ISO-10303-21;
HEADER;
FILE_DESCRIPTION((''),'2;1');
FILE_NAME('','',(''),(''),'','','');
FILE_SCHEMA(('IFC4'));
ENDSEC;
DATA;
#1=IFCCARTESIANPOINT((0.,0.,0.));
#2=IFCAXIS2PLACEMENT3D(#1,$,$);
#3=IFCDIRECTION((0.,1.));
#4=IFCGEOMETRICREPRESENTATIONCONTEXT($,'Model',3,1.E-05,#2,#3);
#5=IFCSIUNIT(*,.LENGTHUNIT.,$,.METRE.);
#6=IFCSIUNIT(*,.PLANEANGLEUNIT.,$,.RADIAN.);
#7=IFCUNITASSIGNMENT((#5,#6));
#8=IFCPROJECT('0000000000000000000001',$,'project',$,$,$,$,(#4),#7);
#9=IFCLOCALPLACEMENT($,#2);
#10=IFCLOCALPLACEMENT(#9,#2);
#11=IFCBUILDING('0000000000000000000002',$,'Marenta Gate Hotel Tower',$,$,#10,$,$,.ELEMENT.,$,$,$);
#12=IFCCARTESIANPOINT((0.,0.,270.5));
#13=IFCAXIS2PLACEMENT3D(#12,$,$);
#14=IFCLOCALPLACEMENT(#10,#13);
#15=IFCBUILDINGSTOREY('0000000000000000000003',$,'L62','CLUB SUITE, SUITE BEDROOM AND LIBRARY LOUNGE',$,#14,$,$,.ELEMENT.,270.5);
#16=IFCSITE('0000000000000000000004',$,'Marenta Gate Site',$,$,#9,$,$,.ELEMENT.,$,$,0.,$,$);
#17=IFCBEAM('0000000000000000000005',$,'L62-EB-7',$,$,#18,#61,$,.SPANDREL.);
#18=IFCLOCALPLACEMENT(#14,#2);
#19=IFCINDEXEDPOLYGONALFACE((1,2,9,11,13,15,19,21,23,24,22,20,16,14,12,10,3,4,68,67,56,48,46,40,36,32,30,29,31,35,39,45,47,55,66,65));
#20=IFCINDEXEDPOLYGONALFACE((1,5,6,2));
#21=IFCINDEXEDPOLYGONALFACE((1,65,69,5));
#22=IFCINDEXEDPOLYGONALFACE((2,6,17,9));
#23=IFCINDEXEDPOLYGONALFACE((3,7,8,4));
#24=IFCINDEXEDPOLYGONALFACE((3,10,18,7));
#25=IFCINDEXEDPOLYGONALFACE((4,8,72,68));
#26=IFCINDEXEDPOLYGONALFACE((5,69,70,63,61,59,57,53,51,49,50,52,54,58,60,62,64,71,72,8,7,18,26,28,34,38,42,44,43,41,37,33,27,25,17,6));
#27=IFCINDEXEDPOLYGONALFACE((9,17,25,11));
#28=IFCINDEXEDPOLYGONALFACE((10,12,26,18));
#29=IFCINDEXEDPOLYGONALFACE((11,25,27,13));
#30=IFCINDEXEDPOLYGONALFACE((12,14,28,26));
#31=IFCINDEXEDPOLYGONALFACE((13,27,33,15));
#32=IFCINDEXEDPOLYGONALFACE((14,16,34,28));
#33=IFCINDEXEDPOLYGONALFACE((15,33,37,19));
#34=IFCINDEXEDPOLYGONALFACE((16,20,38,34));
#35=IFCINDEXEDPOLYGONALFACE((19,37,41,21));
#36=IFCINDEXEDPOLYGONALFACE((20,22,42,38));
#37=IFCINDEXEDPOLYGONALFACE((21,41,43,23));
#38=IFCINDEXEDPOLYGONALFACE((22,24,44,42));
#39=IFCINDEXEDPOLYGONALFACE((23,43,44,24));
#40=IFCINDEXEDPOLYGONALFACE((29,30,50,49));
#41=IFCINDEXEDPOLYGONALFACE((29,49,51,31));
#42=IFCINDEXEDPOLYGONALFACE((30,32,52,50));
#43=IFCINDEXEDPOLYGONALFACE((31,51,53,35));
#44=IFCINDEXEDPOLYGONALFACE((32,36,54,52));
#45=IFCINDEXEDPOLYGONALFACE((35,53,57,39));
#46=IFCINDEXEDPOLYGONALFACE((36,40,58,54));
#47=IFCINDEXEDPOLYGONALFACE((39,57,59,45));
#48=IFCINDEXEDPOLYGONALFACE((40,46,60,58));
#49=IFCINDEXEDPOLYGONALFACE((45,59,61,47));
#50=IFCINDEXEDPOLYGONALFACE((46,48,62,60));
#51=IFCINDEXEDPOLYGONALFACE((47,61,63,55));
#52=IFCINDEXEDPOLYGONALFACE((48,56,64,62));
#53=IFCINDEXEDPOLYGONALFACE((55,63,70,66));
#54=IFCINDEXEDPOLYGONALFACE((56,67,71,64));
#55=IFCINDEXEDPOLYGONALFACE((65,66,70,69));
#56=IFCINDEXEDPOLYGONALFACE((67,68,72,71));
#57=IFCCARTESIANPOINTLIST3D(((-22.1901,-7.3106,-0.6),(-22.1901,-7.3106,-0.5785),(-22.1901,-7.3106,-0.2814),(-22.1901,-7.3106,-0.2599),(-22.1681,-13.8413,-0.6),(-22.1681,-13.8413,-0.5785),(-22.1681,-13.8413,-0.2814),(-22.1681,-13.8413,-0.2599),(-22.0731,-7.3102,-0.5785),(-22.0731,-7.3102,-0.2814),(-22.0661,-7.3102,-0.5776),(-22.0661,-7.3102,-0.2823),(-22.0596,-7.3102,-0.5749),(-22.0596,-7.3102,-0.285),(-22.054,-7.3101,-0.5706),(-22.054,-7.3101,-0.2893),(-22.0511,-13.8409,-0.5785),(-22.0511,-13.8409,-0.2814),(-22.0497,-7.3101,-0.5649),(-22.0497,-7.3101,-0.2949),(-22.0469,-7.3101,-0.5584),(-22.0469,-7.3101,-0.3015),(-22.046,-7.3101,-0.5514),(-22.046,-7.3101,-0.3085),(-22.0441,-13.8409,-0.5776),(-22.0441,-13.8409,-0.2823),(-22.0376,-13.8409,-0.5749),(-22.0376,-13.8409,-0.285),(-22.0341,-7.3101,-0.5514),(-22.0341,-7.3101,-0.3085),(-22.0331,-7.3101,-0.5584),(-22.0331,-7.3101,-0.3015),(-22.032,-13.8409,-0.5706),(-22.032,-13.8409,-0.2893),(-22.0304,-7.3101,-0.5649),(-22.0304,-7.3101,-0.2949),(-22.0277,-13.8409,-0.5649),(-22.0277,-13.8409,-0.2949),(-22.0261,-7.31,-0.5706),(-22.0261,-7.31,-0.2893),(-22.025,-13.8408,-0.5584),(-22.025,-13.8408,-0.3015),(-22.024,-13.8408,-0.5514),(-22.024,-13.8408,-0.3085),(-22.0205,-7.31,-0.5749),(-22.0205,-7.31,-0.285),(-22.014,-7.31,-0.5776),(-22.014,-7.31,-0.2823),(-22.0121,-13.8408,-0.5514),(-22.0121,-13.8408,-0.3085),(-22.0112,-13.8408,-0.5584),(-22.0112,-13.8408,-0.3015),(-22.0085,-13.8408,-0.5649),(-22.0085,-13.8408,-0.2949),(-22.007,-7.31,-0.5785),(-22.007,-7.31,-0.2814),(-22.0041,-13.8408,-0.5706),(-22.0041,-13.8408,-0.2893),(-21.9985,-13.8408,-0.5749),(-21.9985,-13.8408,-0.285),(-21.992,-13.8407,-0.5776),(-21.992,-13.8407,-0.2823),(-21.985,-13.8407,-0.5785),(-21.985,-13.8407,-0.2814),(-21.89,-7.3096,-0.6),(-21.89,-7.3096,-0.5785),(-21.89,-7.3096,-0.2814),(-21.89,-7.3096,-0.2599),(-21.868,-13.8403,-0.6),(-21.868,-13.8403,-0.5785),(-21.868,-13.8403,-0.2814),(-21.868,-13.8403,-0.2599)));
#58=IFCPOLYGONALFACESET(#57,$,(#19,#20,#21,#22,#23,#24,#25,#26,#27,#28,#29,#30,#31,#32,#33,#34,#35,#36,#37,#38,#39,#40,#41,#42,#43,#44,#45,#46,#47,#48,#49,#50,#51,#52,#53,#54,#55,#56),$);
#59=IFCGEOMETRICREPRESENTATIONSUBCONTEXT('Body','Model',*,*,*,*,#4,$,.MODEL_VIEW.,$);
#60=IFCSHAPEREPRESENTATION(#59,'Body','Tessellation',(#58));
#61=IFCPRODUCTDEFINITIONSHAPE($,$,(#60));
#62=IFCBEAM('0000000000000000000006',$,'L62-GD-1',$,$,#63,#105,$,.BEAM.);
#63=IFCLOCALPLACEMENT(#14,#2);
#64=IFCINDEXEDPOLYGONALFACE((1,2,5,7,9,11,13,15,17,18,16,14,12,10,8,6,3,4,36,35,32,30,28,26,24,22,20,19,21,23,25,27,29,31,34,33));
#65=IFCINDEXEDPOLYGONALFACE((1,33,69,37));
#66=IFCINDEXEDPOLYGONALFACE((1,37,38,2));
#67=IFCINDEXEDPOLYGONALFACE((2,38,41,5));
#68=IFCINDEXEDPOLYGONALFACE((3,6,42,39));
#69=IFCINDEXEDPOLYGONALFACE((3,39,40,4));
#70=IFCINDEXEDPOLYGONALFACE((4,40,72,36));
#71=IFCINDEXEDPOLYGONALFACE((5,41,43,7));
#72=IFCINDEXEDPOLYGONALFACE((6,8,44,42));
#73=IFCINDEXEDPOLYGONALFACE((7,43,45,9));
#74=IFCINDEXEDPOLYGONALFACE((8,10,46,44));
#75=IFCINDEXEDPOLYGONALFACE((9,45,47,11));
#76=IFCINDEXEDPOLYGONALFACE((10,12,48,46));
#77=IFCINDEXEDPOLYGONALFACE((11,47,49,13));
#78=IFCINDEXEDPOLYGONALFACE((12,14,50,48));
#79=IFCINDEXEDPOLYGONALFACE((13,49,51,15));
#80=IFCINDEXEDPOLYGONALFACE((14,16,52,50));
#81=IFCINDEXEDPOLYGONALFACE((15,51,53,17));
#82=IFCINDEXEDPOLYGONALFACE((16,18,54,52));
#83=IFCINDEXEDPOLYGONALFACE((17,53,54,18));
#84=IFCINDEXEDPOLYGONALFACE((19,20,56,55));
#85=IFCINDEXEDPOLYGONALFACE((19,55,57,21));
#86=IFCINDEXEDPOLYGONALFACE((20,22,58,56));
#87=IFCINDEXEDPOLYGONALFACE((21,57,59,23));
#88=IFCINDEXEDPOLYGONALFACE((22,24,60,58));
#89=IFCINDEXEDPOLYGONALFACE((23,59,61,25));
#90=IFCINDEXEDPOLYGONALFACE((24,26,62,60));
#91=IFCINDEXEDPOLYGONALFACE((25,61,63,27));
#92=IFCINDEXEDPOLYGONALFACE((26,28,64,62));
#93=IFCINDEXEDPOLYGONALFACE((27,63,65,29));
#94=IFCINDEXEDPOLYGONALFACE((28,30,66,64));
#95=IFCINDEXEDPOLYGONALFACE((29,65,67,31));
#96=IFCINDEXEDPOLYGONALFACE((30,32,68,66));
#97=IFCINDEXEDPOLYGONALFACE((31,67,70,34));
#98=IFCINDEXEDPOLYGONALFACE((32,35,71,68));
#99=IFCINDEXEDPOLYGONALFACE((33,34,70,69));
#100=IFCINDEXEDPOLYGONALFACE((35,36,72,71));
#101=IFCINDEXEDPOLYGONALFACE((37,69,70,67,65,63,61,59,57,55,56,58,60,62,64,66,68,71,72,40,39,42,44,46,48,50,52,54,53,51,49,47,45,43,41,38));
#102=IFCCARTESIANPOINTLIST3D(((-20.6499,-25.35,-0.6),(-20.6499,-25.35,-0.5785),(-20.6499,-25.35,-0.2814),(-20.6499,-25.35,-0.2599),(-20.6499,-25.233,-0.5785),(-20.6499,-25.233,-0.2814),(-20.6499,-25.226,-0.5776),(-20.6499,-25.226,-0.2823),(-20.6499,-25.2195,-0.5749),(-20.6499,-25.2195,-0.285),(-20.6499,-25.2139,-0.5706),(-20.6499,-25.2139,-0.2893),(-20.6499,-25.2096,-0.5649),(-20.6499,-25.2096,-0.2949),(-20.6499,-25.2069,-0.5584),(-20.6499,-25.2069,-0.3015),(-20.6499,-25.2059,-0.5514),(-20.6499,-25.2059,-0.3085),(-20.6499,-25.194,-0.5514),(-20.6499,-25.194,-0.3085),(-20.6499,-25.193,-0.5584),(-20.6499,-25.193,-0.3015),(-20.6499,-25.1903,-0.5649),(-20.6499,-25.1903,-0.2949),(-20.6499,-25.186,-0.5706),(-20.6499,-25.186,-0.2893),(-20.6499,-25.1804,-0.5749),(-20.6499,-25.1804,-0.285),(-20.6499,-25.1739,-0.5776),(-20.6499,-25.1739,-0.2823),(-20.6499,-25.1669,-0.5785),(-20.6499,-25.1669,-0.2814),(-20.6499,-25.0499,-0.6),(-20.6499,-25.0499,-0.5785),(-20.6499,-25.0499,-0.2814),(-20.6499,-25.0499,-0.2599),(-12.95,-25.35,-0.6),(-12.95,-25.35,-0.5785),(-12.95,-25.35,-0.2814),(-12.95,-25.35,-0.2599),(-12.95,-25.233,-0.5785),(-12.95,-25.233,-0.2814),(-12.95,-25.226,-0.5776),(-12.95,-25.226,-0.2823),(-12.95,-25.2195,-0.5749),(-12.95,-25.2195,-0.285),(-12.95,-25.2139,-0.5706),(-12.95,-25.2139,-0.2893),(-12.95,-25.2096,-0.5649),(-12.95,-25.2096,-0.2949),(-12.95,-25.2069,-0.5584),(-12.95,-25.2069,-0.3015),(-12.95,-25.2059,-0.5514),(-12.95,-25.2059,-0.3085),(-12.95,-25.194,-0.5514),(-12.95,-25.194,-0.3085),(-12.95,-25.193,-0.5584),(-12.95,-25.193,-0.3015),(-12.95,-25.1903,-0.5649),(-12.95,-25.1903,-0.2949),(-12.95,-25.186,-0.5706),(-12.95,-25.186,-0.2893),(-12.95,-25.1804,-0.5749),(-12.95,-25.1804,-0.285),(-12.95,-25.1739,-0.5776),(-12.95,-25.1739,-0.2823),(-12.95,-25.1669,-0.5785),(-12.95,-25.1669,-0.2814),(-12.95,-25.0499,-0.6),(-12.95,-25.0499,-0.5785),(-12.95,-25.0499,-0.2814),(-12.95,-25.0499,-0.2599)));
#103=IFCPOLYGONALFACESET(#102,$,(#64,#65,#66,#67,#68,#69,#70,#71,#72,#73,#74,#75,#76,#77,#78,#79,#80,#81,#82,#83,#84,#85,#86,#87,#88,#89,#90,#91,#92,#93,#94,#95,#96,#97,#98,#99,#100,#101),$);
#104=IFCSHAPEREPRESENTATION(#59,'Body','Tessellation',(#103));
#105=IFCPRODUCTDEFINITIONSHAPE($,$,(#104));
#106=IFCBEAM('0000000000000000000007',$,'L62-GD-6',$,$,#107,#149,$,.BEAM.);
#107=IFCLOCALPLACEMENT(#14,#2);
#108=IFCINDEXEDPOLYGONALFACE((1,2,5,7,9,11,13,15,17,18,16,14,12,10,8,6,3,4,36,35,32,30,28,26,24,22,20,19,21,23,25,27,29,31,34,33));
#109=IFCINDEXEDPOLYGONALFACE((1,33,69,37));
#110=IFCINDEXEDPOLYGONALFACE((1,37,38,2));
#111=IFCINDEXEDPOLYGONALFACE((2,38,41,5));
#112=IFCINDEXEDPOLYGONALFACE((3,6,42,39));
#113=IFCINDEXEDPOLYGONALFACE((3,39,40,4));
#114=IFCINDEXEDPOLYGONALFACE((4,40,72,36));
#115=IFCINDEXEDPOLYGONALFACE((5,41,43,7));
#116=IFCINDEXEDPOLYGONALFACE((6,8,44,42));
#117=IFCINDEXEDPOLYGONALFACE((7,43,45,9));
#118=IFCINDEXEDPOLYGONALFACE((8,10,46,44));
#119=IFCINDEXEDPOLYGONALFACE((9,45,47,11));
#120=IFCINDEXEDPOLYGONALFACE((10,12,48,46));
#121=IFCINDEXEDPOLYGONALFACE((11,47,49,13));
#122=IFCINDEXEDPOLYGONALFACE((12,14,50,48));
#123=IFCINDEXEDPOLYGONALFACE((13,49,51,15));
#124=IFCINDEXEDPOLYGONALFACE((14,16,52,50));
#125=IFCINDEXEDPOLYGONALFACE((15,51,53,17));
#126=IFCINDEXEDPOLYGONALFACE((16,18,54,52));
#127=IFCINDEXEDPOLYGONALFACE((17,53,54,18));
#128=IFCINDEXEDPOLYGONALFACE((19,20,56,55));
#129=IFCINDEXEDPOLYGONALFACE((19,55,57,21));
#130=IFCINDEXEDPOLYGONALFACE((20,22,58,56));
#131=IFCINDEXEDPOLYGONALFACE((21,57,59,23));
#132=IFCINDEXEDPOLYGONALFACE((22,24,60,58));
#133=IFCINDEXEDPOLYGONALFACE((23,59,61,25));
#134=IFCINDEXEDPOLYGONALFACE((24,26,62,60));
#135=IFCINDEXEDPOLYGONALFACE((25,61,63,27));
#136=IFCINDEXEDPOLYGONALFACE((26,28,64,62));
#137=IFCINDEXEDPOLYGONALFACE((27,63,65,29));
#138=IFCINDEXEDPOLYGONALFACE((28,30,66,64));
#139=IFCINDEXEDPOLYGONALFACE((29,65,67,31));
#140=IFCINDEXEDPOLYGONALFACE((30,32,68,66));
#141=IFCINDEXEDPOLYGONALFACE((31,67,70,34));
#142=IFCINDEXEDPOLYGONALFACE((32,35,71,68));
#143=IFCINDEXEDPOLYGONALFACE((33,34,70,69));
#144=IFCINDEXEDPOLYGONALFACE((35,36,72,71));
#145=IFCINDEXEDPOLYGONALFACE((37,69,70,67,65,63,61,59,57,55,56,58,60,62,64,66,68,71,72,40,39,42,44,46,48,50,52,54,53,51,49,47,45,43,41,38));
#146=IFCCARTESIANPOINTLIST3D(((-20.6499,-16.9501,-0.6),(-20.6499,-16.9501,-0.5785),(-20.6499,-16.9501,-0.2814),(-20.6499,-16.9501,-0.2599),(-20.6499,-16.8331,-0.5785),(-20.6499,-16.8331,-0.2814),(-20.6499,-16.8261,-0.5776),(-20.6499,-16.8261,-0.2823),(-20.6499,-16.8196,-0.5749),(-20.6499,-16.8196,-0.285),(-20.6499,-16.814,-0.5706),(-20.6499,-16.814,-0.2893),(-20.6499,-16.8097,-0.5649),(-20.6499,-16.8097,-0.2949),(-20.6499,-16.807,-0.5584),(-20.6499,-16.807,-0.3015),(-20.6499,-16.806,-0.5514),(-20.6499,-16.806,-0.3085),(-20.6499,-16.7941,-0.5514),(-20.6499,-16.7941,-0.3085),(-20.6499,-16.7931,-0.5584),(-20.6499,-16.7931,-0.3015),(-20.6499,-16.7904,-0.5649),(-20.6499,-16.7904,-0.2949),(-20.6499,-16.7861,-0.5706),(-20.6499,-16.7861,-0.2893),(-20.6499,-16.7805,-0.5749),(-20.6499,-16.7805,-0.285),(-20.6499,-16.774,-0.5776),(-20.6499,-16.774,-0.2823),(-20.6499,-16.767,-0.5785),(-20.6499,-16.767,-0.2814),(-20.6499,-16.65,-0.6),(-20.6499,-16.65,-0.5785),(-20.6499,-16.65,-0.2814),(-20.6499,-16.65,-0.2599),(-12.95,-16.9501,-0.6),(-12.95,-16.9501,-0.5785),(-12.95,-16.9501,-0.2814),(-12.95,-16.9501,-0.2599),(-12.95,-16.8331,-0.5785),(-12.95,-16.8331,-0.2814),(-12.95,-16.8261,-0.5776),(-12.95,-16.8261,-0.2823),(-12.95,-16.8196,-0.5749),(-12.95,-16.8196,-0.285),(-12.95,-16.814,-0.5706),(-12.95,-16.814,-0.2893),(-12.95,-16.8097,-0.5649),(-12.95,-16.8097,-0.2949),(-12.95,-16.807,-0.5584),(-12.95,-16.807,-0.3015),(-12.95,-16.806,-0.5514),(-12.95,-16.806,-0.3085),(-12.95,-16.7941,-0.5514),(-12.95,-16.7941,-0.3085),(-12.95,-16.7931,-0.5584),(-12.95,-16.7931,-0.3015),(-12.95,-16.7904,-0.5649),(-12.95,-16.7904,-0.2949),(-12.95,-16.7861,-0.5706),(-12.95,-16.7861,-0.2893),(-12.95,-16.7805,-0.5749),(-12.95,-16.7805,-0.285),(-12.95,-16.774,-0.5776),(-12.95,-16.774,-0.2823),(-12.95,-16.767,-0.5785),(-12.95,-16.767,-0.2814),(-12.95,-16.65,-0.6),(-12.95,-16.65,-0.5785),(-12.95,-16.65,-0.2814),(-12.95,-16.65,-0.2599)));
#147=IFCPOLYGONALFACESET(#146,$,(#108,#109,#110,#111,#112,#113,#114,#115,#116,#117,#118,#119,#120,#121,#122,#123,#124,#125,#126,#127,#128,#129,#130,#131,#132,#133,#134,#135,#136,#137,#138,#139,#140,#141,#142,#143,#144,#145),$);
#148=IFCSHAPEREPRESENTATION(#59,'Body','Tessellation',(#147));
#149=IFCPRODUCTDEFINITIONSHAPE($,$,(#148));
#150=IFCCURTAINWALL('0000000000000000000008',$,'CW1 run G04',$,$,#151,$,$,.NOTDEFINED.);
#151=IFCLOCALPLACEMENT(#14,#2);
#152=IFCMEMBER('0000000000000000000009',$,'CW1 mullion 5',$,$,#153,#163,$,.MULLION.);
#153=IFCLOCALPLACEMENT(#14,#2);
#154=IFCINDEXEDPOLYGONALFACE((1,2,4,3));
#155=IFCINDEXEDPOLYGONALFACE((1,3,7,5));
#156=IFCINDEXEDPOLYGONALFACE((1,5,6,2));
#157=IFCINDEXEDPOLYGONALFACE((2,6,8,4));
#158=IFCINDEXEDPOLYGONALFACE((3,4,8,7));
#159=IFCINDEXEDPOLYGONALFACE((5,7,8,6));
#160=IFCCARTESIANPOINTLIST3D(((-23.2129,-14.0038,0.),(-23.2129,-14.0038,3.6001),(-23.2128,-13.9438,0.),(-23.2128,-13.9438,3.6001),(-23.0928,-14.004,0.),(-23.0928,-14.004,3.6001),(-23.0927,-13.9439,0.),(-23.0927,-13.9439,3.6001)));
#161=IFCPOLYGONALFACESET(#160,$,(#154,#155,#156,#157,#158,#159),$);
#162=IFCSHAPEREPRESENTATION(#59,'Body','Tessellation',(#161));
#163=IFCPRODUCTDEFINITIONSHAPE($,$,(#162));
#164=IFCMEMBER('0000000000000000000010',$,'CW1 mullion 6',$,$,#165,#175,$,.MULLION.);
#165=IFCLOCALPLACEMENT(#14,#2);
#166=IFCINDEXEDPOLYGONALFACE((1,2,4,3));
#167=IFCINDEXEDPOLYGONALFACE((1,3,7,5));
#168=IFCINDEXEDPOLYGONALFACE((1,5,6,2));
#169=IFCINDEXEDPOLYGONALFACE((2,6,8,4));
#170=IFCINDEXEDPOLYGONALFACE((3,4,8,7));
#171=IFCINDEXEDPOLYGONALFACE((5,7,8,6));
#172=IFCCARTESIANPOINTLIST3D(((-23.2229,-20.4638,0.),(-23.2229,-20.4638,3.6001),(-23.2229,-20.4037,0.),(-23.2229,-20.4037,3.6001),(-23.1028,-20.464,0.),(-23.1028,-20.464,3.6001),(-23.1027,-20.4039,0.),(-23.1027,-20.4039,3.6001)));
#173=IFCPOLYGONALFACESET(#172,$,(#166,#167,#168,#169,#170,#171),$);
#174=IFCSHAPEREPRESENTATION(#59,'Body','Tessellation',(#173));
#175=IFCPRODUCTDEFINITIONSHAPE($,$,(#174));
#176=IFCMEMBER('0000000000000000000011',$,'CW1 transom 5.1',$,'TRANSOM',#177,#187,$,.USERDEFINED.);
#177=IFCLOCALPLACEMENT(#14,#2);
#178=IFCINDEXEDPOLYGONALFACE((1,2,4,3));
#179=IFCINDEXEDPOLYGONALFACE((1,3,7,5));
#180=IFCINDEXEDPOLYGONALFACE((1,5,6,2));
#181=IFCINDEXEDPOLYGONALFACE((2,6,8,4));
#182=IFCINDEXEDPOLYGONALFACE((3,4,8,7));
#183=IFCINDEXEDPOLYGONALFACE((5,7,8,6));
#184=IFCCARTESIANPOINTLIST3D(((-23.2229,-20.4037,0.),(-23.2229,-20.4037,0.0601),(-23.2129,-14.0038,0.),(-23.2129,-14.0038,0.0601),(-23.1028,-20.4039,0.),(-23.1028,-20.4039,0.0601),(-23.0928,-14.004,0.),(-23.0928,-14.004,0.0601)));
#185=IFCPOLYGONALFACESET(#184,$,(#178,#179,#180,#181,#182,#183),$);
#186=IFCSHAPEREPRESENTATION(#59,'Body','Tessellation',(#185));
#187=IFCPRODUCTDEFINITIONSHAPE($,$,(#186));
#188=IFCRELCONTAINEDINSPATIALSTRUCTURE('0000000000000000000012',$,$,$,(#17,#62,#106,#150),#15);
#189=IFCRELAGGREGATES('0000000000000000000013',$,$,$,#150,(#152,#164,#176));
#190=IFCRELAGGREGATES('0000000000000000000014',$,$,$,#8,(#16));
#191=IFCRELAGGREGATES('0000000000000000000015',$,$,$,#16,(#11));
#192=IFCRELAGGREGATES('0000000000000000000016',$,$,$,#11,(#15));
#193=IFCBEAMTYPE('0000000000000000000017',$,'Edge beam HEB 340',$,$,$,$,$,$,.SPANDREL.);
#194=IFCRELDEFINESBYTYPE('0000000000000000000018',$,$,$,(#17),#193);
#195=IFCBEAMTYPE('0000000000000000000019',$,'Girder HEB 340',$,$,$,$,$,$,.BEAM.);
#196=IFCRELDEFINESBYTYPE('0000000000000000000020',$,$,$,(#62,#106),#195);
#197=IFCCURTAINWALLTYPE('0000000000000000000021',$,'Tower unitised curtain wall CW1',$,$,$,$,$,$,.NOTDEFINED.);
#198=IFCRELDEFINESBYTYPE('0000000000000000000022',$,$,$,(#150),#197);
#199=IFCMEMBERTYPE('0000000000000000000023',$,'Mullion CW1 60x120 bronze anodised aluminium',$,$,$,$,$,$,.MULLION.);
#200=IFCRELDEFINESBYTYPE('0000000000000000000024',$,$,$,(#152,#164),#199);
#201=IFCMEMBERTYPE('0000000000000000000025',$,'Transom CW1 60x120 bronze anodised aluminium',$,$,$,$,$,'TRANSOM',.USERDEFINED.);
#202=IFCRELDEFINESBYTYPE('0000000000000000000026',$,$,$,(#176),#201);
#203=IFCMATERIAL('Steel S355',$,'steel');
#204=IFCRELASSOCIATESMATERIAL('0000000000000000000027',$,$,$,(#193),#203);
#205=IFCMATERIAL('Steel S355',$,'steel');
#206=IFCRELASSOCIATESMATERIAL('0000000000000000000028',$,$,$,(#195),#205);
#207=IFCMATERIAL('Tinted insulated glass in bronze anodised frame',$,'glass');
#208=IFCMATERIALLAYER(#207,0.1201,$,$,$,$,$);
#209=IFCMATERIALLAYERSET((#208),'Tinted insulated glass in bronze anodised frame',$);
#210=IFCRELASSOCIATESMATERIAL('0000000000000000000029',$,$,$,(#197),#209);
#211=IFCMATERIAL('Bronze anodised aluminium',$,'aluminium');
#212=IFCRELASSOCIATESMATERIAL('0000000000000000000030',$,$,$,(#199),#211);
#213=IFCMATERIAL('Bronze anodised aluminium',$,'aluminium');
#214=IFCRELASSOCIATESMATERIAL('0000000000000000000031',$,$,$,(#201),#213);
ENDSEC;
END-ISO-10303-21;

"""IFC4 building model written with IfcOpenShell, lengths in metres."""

from ifc_helpers import new_model, si_unit, direction, frame, origin, origin_2d, place, context, subcontext, project, spatial, rectangle, i_section, extrude, material, layer, layer_set, material_profile, profile_set, type_object, element, aggregate, save


model = new_model("IFC4")

# Units and contexts
model_context = context("Model", 3, precision=1e-05, world=origin(), true_north=direction((0.0, 1.0)))
body_context = subcontext(model_context, "Body", "Model", "MODEL_VIEW")
ifc_project = project(units=[si_unit("LENGTHUNIT", "METRE"), si_unit("PLANEANGLEUNIT", "RADIAN")], contexts=[model_context])

# Site, building, storey
site_placement = place(None, origin())
site = spatial("IfcSite", under=ifc_project, at=site_placement, Name="Marenta Gate Site", CompositionType="ELEMENT", RefElevation=0.0)
building_placement = place(site_placement, origin())
building = spatial("IfcBuilding", under=site, at=building_placement, Name="Marenta Gate Hotel Tower", CompositionType="ELEMENT")
storey_placement = place(building_placement, frame((0.0, 0.0, 270.5)))
storey = spatial("IfcBuildingStorey", under=building, at=storey_placement, Name="L62", Description="CLUB SUITE, SUITE BEDROOM AND LIBRARY LOUNGE", CompositionType="ELEMENT", Elevation=270.5)

# Beams
ifc_material_1 = material(Name="Steel S355", Category="steel")
ifc_material_profile_1 = material_profile(ifc_material_1, i_section(OverallWidth=0.3, OverallDepth=0.3401, WebThickness=0.012, FlangeThickness=0.0215, FilletRadius=0.0271, at=origin_2d()), Name="HEB 340")
ifc_profile_set_1 = profile_set([ifc_material_profile_1], Name="Steel S355")
beam_type_1 = type_object("IfcBeamType", Name="Edge beam HEB 340", PredefinedType="SPANDREL", material=ifc_profile_set_1)
beam_1_placement = place(storey_placement, frame((-22.0181, -13.8408, -0.4299), z_axis=(-0.003364, 0.999994, 0.0), x_axis=(-0.999994, -0.003364, 0.0)))
element("IfcBeam", 1, at=beam_1_placement, inside=storey, type_object=beam_type_1, Name="L62-EB-7", PredefinedType="SPANDREL", context=body_context, shape_type="SweptSolid", body=[
    extrude(i_section(OverallWidth=0.3, OverallDepth=0.3401, WebThickness=0.012, FlangeThickness=0.0215, FilletRadius=0.0271, at=origin_2d()), origin(), (0.0, 0.0, 1.0), 6.5308),
])
ifc_material_2 = material(Name="Steel S355", Category="steel")
ifc_material_profile_2 = material_profile(ifc_material_2, i_section(OverallWidth=0.3, OverallDepth=0.3401, WebThickness=0.012, FlangeThickness=0.0215, FilletRadius=0.0271, at=origin_2d()), Name="HEB 340")
ifc_profile_set_2 = profile_set([ifc_material_profile_2], Name="Steel S355")
beam_type_2 = type_object("IfcBeamType", Name="Girder HEB 340", PredefinedType="BEAM", material=ifc_profile_set_2)
for number, where, z_axis, x_axis, name in (
    (2, (-20.6499, -25.2, -0.4299), (1.0, 0.0, 0.0), (0.0, 1.0, 0.0), "L62-GD-1"),
    (3, (-20.6499, -16.8, -0.4299), (1.0, 0.0, 0.0), (0.0, 1.0, 0.0), "L62-GD-6"),
):
    element("IfcBeam", number, at=place(storey_placement, frame(where, z_axis=z_axis, x_axis=x_axis)), inside=storey, type_object=beam_type_2, Name=name, PredefinedType="BEAM", context=body_context, shape_type="SweptSolid", body=[
        extrude(i_section(OverallWidth=0.3, OverallDepth=0.3401, WebThickness=0.012, FlangeThickness=0.0215, FilletRadius=0.0271, at=origin_2d()), origin(), (0.0, 0.0, 1.0), 7.7),
    ])

# Curtain wall, members
ifc_material_3 = material(Name="Tinted insulated glass in bronze anodised frame", Category="glass")
ifc_layer_1 = layer(ifc_material_3, 0.1201)
ifc_layer_set_1 = layer_set([ifc_layer_1], Name="Tinted insulated glass in bronze anodised frame")
curtain_wall_type = type_object("IfcCurtainWallType", Name="Tower unitised curtain wall CW1", PredefinedType="NOTDEFINED", material=ifc_layer_set_1)
curtain_wall_placement = place(storey_placement, origin())
curtain_wall = element("IfcCurtainWall", 4, at=curtain_wall_placement, inside=storey, type_object=curtain_wall_type, Name="CW1 run G04", PredefinedType="NOTDEFINED")
ifc_material_4 = material(Name="Bronze anodised aluminium", Category="aluminium")
ifc_material_profile_3 = material_profile(ifc_material_4, rectangle(XDim=0.1201, YDim=0.0601, at=origin_2d()), Name="Mullion CW1 60x120 bronze anodised aluminium")
ifc_profile_set_3 = profile_set([ifc_material_profile_3], Name="Bronze anodised aluminium")
member_type_1 = type_object("IfcMemberType", Name="Mullion CW1 60x120 bronze anodised aluminium", PredefinedType="MULLION", material=ifc_profile_set_3)
member_1_placement = place(storey_placement, frame((-23.1528, -13.9739, 0.0), z_axis=(0.0, 0.0, 1.0), x_axis=(0.999999, -0.001566, 0.0)))
member_1 = element("IfcMember", 5, at=member_1_placement, type_object=member_type_1, Name="CW1 mullion 5", PredefinedType="MULLION", context=body_context, shape_type="SweptSolid", body=[
    extrude(rectangle(XDim=0.1201, YDim=0.0601, at=origin_2d()), origin(), (0.0, 0.0, 1.0), 3.6001),
])
member_2_placement = place(storey_placement, frame((-23.1628, -20.4338, 0.0), z_axis=(0.0, 0.0, 1.0), x_axis=(0.999999, -0.001566, 0.0)))
member_2 = element("IfcMember", 6, at=member_2_placement, type_object=member_type_1, Name="CW1 mullion 6", PredefinedType="MULLION", context=body_context, shape_type="SweptSolid", body=[
    extrude(rectangle(XDim=0.1201, YDim=0.0601, at=origin_2d()), origin(), (0.0, 0.0, 1.0), 3.6001),
])
ifc_material_5 = material(Name="Bronze anodised aluminium", Category="aluminium")
ifc_material_profile_4 = material_profile(ifc_material_5, rectangle(XDim=0.1201, YDim=0.0601, at=origin_2d()), Name="Transom CW1 60x120 bronze anodised aluminium")
ifc_profile_set_4 = profile_set([ifc_material_profile_4], Name="Bronze anodised aluminium")
member_type_2 = type_object("IfcMemberType", Name="Transom CW1 60x120 bronze anodised aluminium", ElementType="TRANSOM", PredefinedType="USERDEFINED", material=ifc_profile_set_4)
member_3_placement = place(storey_placement, frame((-23.1528, -14.0039, 0.03), z_axis=(-0.001564, -0.999999, 0.0), x_axis=(0.999999, -0.001564, 0.0)))
member_3 = element("IfcMember", 7, at=member_3_placement, type_object=member_type_2, Name="CW1 transom 5.1", ObjectType="TRANSOM", PredefinedType="USERDEFINED", context=body_context, shape_type="SweptSolid", body=[
    extrude(rectangle(XDim=0.1201, YDim=0.0601, at=origin_2d()), origin(), (0.0, 0.0, 1.0), 6.3999),
])
aggregate(curtain_wall, [member_1, member_2, member_3])

save(model, "model.ifc")
